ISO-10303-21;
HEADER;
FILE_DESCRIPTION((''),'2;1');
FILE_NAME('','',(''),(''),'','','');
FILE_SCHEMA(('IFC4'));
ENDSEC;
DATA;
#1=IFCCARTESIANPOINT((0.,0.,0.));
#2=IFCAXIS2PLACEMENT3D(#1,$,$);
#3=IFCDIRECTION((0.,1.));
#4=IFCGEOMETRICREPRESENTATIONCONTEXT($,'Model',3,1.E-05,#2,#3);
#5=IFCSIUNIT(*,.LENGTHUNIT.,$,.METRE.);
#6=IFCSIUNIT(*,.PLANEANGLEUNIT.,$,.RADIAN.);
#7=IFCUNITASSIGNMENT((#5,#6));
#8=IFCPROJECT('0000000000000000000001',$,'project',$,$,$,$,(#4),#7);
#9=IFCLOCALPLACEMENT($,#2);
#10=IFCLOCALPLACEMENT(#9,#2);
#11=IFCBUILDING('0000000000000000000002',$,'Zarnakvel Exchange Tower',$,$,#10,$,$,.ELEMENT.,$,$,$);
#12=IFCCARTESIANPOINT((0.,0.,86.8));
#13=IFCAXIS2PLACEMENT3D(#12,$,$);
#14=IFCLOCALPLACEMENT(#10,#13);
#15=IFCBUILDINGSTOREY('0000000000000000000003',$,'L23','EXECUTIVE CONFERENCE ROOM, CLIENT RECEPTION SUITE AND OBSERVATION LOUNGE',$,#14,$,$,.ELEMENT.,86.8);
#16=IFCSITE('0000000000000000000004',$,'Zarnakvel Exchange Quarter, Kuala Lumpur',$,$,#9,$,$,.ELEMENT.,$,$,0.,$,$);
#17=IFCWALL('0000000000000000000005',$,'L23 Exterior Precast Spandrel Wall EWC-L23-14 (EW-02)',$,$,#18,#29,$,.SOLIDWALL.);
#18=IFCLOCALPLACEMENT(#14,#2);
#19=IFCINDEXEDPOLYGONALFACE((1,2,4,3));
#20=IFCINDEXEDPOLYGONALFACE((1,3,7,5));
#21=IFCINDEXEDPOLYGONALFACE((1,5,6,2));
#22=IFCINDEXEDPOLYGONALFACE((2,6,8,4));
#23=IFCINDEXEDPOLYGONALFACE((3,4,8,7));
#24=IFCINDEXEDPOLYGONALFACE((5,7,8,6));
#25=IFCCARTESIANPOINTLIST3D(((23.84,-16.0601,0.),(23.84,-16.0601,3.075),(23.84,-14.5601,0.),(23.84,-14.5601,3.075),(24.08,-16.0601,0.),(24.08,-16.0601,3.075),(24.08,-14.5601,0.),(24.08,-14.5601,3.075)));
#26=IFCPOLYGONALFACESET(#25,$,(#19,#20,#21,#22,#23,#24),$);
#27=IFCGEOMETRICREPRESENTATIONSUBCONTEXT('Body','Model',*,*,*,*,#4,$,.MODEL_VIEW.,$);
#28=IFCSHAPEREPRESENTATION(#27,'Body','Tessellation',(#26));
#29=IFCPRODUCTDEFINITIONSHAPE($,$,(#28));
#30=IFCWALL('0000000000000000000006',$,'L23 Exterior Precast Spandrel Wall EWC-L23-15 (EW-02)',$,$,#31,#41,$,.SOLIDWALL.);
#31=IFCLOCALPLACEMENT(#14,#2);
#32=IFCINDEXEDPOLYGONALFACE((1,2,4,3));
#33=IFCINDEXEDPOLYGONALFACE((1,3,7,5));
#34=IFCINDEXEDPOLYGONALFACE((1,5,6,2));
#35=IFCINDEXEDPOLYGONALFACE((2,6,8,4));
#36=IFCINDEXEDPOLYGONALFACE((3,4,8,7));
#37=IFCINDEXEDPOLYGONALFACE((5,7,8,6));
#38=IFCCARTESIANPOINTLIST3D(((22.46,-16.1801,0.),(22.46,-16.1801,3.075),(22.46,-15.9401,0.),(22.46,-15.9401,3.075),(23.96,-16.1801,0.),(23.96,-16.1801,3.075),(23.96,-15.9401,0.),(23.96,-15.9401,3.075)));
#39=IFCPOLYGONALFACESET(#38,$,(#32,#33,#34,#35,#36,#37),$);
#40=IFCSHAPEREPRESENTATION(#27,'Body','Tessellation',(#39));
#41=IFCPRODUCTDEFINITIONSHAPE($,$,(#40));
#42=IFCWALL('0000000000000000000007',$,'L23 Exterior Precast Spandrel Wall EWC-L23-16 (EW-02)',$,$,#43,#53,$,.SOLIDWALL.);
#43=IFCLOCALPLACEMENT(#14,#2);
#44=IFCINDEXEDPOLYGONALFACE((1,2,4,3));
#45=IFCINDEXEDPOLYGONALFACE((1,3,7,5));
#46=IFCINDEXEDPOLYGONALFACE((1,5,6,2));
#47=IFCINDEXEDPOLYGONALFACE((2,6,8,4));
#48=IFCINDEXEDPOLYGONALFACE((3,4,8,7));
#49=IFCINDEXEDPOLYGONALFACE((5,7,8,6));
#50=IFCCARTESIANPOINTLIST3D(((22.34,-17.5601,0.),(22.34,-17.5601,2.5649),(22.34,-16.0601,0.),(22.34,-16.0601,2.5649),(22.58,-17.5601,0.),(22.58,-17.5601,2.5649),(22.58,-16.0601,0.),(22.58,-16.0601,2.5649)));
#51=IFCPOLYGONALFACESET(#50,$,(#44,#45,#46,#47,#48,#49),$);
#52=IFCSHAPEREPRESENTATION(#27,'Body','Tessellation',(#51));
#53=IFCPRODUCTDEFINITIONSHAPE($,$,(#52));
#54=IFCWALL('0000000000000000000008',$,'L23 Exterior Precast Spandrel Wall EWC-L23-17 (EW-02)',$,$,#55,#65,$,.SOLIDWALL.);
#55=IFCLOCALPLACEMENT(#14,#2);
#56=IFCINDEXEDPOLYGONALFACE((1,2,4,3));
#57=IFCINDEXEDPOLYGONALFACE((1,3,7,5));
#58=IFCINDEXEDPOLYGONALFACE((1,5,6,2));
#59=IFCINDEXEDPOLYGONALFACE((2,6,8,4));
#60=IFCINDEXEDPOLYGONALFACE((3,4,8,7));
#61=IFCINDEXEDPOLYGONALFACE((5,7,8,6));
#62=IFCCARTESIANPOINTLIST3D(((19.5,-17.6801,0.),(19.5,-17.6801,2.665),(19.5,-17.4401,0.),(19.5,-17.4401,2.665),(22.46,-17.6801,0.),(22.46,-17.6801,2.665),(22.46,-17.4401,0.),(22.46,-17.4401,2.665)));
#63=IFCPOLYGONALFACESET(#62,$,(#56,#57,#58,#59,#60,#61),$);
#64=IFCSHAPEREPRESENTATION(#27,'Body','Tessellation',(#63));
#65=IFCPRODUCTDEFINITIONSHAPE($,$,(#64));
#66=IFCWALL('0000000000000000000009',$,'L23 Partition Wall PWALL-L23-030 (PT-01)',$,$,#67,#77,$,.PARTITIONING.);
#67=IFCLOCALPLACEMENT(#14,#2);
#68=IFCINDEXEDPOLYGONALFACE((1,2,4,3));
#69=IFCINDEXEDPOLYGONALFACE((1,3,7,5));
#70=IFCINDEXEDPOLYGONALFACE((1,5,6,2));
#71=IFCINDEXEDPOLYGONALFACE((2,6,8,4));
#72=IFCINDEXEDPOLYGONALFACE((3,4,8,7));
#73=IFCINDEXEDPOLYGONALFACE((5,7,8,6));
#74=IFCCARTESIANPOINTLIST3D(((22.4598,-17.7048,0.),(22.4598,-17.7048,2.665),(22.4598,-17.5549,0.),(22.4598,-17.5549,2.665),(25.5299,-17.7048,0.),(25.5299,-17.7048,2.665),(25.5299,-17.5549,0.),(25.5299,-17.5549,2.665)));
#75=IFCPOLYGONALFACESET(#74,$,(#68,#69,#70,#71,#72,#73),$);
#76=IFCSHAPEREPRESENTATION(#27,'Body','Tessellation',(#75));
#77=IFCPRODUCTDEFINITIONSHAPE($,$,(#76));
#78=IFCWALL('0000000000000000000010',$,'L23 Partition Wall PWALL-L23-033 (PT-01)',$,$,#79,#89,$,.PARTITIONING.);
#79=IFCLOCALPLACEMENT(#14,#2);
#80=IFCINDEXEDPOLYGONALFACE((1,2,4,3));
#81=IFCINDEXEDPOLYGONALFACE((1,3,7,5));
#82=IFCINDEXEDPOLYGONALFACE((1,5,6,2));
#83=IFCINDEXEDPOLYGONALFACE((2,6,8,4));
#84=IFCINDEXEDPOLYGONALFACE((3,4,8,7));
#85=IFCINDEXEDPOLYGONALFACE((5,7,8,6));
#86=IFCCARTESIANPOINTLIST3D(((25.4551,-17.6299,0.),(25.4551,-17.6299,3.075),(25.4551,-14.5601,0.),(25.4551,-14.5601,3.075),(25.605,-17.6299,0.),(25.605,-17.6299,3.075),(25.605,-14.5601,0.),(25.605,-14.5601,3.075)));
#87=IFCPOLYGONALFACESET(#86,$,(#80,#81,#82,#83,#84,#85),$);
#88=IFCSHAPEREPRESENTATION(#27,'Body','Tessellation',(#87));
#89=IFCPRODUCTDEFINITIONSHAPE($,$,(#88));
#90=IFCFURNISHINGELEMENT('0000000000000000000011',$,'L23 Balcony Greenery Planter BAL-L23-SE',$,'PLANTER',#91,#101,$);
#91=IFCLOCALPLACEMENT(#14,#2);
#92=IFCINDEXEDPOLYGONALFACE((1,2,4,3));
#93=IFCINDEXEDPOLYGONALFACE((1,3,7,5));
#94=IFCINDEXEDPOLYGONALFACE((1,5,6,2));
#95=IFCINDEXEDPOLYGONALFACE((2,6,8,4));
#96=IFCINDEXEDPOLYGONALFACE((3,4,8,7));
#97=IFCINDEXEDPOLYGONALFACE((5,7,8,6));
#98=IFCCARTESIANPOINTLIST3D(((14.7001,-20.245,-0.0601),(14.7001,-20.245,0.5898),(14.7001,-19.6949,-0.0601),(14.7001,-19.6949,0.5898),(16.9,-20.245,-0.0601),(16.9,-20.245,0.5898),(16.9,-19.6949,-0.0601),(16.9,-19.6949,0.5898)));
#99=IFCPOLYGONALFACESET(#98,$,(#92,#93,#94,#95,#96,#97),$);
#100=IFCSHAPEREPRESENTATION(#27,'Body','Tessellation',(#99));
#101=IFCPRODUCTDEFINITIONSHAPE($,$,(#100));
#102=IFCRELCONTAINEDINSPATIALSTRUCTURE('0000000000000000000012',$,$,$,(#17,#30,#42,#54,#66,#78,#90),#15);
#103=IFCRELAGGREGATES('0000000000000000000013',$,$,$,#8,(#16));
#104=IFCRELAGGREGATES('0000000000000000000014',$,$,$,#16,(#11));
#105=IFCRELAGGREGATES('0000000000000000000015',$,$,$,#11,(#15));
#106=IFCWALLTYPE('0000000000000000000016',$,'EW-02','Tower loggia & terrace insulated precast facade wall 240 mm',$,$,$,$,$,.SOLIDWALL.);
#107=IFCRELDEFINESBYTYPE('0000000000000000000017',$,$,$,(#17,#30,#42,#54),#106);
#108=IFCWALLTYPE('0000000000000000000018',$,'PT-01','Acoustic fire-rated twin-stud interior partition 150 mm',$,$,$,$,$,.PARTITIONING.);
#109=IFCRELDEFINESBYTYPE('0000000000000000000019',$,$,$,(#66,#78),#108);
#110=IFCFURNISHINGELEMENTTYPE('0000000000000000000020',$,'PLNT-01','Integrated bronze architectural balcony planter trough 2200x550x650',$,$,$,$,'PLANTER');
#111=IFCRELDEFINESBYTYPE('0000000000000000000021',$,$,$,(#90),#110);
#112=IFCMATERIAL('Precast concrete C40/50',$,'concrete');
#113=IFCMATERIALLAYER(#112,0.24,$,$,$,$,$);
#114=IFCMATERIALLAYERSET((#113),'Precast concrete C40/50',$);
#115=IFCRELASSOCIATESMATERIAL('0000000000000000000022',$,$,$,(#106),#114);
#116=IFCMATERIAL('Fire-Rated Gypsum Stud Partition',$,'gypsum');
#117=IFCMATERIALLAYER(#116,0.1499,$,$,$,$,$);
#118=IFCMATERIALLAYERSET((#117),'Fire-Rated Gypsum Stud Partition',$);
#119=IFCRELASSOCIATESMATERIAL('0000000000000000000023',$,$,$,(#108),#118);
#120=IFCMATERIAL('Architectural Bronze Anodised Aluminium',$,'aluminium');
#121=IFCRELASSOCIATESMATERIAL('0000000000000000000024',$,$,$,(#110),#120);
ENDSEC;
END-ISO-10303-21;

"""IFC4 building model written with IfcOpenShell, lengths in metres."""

from ifc_helpers import new_model, si_unit, direction, frame, frame_2d, origin, origin_2d, place, context, subcontext, project, spatial, rectangle, extrude, source, transform, mapped, material, layer, layer_set, type_object, element, save


model = new_model("IFC4")

# Units and contexts
model_context = context("Model", 3, precision=1e-05, world=origin(), true_north=direction((0.0, 1.0)))
body_context = subcontext(model_context, "Body", "Model", "MODEL_VIEW")
ifc_project = project(units=[si_unit("LENGTHUNIT", "METRE"), si_unit("PLANEANGLEUNIT", "RADIAN")], contexts=[model_context])

# Site, building, storey
site_placement = place(None, origin())
site = spatial("IfcSite", under=ifc_project, at=site_placement, Name="Zarnakvel Exchange Quarter, Kuala Lumpur", CompositionType="ELEMENT", RefElevation=0.0)
building_placement = place(site_placement, origin())
building = spatial("IfcBuilding", under=site, at=building_placement, Name="Zarnakvel Exchange Tower", CompositionType="ELEMENT")
storey_placement = place(building_placement, frame((0.0, 0.0, 86.8)))
storey = spatial("IfcBuildingStorey", under=building, at=storey_placement, Name="L23", Description="EXECUTIVE CONFERENCE ROOM, CLIENT RECEPTION SUITE AND OBSERVATION LOUNGE", CompositionType="ELEMENT", Elevation=86.8)

# Shared definitions
ifc_material_1 = material(Name="Precast concrete C40/50", Category="concrete")
ifc_layer_1 = layer(ifc_material_1, 0.24)
ifc_layer_set_1 = layer_set([ifc_layer_1], Name="Precast concrete C40/50")
wall_type_1 = type_object("IfcWallType", Name="EW-02", Description="Tower loggia & terrace insulated precast facade wall 240 mm", PredefinedType="SOLIDWALL", material=ifc_layer_set_1)
ifc_material_2 = material(Name="Architectural Bronze Anodised Aluminium", Category="aluminium")

# Walls
for number, where, z_axis, x_axis, name in (
    (1, (23.96, -16.0601, 0.0), (0.0, 0.0, 1.0), (0.0, 1.0, 0.0), "L23 Exterior Precast Spandrel Wall EWC-L23-14 (EW-02)"),
    (2, (22.46, -16.0601, 0.0), (0.0, 0.0, 1.0), (1.0, 0.0, 0.0), "L23 Exterior Precast Spandrel Wall EWC-L23-15 (EW-02)"),
):
    element("IfcWall", number, at=place(storey_placement, frame(where, z_axis=z_axis, x_axis=x_axis)), inside=storey, type_object=wall_type_1, Name=name, PredefinedType="SOLIDWALL", context=body_context, shape_type="SweptSolid", body=[
        extrude(rectangle(XDim=1.5, YDim=0.24, at=frame_2d((0.75, 0.0))), origin(), (0.0, 0.0, 1.0), 3.075),
    ])
wall_1_placement = place(storey_placement, frame((22.46, -17.5601, 0.0), z_axis=(0.0, 0.0, 1.0), x_axis=(0.0, 1.0, 0.0)))
element("IfcWall", 3, at=wall_1_placement, inside=storey, type_object=wall_type_1, Name="L23 Exterior Precast Spandrel Wall EWC-L23-16 (EW-02)", PredefinedType="SOLIDWALL", context=body_context, shape_type="SweptSolid", body=[
    extrude(rectangle(XDim=1.5, YDim=0.24, at=frame_2d((0.75, 0.0))), origin(), (0.0, 0.0, 1.0), 2.5649),
])
wall_2_placement = place(storey_placement, frame((19.5, -17.5601, 0.0), z_axis=(0.0, 0.0, 1.0), x_axis=(1.0, 0.0, 0.0)))
element("IfcWall", 4, at=wall_2_placement, inside=storey, type_object=wall_type_1, Name="L23 Exterior Precast Spandrel Wall EWC-L23-17 (EW-02)", PredefinedType="SOLIDWALL", context=body_context, shape_type="SweptSolid", body=[
    extrude(rectangle(XDim=2.96, YDim=0.24, at=frame_2d((1.48, 0.0))), origin(), (0.0, 0.0, 1.0), 2.665),
])
ifc_material_3 = material(Name="Fire-Rated Gypsum Stud Partition", Category="gypsum")
ifc_layer_2 = layer(ifc_material_3, 0.1499)
ifc_layer_set_2 = layer_set([ifc_layer_2], Name="Fire-Rated Gypsum Stud Partition")
wall_type_2 = type_object("IfcWallType", Name="PT-01", Description="Acoustic fire-rated twin-stud interior partition 150 mm", PredefinedType="PARTITIONING", material=ifc_layer_set_2)
wall_3_placement = place(storey_placement, frame((25.53, -17.6299, 0.0), z_axis=(0.0, 0.0, 1.0), x_axis=(-1.0, 0.0, 0.0)))
element("IfcWall", 5, at=wall_3_placement, inside=storey, type_object=wall_type_2, Name="L23 Partition Wall PWALL-L23-030 (PT-01)", PredefinedType="PARTITIONING", context=body_context, shape_type="SweptSolid", body=[
    extrude(rectangle(XDim=3.0701, YDim=0.1499, at=frame_2d((1.5352, 0.0))), origin(), (0.0, 0.0, 1.0), 2.665),
])
wall_4_placement = place(storey_placement, frame((25.53, -14.5601, 0.0), z_axis=(0.0, 0.0, 1.0), x_axis=(0.0, -1.0, 0.0)))
element("IfcWall", 6, at=wall_4_placement, inside=storey, type_object=wall_type_2, Name="L23 Partition Wall PWALL-L23-033 (PT-01)", PredefinedType="PARTITIONING", context=body_context, shape_type="SweptSolid", body=[
    extrude(rectangle(XDim=3.0698, YDim=0.1499, at=frame_2d((1.5349, 0.0))), origin(), (0.0, 0.0, 1.0), 3.075),
])

# Furnishing element
furnishing_element_type = type_object("IfcFurnishingElementType", Name="PLNT-01", Description="Integrated bronze architectural balcony planter trough 2200x550x650", ElementType="PLANTER", material=ifc_material_2)
shared_shape_1 = source(origin(), body_context, "Body", "SweptSolid", [
    extrude(rectangle(XDim=2.2, YDim=0.55, at=origin_2d()), origin(), (0.0, 0.0, 1.0), 0.6499),
])
furnishing_placement = place(storey_placement, frame((15.8, -19.97, -0.0601), z_axis=(0.0, 0.0, 1.0), x_axis=(1.0, 0.0, 0.0)))
element("IfcFurnishingElement", 7, at=furnishing_placement, inside=storey, type_object=furnishing_element_type, Name="L23 Balcony Greenery Planter BAL-L23-SE", ObjectType="PLANTER", context=body_context, shape_type="MappedRepresentation", body=[
    mapped(shared_shape_1, transform((0.0, 0.0, 0.0), x_axis=(1.0, 0.0, 0.0), y_axis=(0.0, 1.0, 0.0), z_axis=(0.0, 0.0, 1.0), scale=1.0)),
])

save(model, "model.ifc")
